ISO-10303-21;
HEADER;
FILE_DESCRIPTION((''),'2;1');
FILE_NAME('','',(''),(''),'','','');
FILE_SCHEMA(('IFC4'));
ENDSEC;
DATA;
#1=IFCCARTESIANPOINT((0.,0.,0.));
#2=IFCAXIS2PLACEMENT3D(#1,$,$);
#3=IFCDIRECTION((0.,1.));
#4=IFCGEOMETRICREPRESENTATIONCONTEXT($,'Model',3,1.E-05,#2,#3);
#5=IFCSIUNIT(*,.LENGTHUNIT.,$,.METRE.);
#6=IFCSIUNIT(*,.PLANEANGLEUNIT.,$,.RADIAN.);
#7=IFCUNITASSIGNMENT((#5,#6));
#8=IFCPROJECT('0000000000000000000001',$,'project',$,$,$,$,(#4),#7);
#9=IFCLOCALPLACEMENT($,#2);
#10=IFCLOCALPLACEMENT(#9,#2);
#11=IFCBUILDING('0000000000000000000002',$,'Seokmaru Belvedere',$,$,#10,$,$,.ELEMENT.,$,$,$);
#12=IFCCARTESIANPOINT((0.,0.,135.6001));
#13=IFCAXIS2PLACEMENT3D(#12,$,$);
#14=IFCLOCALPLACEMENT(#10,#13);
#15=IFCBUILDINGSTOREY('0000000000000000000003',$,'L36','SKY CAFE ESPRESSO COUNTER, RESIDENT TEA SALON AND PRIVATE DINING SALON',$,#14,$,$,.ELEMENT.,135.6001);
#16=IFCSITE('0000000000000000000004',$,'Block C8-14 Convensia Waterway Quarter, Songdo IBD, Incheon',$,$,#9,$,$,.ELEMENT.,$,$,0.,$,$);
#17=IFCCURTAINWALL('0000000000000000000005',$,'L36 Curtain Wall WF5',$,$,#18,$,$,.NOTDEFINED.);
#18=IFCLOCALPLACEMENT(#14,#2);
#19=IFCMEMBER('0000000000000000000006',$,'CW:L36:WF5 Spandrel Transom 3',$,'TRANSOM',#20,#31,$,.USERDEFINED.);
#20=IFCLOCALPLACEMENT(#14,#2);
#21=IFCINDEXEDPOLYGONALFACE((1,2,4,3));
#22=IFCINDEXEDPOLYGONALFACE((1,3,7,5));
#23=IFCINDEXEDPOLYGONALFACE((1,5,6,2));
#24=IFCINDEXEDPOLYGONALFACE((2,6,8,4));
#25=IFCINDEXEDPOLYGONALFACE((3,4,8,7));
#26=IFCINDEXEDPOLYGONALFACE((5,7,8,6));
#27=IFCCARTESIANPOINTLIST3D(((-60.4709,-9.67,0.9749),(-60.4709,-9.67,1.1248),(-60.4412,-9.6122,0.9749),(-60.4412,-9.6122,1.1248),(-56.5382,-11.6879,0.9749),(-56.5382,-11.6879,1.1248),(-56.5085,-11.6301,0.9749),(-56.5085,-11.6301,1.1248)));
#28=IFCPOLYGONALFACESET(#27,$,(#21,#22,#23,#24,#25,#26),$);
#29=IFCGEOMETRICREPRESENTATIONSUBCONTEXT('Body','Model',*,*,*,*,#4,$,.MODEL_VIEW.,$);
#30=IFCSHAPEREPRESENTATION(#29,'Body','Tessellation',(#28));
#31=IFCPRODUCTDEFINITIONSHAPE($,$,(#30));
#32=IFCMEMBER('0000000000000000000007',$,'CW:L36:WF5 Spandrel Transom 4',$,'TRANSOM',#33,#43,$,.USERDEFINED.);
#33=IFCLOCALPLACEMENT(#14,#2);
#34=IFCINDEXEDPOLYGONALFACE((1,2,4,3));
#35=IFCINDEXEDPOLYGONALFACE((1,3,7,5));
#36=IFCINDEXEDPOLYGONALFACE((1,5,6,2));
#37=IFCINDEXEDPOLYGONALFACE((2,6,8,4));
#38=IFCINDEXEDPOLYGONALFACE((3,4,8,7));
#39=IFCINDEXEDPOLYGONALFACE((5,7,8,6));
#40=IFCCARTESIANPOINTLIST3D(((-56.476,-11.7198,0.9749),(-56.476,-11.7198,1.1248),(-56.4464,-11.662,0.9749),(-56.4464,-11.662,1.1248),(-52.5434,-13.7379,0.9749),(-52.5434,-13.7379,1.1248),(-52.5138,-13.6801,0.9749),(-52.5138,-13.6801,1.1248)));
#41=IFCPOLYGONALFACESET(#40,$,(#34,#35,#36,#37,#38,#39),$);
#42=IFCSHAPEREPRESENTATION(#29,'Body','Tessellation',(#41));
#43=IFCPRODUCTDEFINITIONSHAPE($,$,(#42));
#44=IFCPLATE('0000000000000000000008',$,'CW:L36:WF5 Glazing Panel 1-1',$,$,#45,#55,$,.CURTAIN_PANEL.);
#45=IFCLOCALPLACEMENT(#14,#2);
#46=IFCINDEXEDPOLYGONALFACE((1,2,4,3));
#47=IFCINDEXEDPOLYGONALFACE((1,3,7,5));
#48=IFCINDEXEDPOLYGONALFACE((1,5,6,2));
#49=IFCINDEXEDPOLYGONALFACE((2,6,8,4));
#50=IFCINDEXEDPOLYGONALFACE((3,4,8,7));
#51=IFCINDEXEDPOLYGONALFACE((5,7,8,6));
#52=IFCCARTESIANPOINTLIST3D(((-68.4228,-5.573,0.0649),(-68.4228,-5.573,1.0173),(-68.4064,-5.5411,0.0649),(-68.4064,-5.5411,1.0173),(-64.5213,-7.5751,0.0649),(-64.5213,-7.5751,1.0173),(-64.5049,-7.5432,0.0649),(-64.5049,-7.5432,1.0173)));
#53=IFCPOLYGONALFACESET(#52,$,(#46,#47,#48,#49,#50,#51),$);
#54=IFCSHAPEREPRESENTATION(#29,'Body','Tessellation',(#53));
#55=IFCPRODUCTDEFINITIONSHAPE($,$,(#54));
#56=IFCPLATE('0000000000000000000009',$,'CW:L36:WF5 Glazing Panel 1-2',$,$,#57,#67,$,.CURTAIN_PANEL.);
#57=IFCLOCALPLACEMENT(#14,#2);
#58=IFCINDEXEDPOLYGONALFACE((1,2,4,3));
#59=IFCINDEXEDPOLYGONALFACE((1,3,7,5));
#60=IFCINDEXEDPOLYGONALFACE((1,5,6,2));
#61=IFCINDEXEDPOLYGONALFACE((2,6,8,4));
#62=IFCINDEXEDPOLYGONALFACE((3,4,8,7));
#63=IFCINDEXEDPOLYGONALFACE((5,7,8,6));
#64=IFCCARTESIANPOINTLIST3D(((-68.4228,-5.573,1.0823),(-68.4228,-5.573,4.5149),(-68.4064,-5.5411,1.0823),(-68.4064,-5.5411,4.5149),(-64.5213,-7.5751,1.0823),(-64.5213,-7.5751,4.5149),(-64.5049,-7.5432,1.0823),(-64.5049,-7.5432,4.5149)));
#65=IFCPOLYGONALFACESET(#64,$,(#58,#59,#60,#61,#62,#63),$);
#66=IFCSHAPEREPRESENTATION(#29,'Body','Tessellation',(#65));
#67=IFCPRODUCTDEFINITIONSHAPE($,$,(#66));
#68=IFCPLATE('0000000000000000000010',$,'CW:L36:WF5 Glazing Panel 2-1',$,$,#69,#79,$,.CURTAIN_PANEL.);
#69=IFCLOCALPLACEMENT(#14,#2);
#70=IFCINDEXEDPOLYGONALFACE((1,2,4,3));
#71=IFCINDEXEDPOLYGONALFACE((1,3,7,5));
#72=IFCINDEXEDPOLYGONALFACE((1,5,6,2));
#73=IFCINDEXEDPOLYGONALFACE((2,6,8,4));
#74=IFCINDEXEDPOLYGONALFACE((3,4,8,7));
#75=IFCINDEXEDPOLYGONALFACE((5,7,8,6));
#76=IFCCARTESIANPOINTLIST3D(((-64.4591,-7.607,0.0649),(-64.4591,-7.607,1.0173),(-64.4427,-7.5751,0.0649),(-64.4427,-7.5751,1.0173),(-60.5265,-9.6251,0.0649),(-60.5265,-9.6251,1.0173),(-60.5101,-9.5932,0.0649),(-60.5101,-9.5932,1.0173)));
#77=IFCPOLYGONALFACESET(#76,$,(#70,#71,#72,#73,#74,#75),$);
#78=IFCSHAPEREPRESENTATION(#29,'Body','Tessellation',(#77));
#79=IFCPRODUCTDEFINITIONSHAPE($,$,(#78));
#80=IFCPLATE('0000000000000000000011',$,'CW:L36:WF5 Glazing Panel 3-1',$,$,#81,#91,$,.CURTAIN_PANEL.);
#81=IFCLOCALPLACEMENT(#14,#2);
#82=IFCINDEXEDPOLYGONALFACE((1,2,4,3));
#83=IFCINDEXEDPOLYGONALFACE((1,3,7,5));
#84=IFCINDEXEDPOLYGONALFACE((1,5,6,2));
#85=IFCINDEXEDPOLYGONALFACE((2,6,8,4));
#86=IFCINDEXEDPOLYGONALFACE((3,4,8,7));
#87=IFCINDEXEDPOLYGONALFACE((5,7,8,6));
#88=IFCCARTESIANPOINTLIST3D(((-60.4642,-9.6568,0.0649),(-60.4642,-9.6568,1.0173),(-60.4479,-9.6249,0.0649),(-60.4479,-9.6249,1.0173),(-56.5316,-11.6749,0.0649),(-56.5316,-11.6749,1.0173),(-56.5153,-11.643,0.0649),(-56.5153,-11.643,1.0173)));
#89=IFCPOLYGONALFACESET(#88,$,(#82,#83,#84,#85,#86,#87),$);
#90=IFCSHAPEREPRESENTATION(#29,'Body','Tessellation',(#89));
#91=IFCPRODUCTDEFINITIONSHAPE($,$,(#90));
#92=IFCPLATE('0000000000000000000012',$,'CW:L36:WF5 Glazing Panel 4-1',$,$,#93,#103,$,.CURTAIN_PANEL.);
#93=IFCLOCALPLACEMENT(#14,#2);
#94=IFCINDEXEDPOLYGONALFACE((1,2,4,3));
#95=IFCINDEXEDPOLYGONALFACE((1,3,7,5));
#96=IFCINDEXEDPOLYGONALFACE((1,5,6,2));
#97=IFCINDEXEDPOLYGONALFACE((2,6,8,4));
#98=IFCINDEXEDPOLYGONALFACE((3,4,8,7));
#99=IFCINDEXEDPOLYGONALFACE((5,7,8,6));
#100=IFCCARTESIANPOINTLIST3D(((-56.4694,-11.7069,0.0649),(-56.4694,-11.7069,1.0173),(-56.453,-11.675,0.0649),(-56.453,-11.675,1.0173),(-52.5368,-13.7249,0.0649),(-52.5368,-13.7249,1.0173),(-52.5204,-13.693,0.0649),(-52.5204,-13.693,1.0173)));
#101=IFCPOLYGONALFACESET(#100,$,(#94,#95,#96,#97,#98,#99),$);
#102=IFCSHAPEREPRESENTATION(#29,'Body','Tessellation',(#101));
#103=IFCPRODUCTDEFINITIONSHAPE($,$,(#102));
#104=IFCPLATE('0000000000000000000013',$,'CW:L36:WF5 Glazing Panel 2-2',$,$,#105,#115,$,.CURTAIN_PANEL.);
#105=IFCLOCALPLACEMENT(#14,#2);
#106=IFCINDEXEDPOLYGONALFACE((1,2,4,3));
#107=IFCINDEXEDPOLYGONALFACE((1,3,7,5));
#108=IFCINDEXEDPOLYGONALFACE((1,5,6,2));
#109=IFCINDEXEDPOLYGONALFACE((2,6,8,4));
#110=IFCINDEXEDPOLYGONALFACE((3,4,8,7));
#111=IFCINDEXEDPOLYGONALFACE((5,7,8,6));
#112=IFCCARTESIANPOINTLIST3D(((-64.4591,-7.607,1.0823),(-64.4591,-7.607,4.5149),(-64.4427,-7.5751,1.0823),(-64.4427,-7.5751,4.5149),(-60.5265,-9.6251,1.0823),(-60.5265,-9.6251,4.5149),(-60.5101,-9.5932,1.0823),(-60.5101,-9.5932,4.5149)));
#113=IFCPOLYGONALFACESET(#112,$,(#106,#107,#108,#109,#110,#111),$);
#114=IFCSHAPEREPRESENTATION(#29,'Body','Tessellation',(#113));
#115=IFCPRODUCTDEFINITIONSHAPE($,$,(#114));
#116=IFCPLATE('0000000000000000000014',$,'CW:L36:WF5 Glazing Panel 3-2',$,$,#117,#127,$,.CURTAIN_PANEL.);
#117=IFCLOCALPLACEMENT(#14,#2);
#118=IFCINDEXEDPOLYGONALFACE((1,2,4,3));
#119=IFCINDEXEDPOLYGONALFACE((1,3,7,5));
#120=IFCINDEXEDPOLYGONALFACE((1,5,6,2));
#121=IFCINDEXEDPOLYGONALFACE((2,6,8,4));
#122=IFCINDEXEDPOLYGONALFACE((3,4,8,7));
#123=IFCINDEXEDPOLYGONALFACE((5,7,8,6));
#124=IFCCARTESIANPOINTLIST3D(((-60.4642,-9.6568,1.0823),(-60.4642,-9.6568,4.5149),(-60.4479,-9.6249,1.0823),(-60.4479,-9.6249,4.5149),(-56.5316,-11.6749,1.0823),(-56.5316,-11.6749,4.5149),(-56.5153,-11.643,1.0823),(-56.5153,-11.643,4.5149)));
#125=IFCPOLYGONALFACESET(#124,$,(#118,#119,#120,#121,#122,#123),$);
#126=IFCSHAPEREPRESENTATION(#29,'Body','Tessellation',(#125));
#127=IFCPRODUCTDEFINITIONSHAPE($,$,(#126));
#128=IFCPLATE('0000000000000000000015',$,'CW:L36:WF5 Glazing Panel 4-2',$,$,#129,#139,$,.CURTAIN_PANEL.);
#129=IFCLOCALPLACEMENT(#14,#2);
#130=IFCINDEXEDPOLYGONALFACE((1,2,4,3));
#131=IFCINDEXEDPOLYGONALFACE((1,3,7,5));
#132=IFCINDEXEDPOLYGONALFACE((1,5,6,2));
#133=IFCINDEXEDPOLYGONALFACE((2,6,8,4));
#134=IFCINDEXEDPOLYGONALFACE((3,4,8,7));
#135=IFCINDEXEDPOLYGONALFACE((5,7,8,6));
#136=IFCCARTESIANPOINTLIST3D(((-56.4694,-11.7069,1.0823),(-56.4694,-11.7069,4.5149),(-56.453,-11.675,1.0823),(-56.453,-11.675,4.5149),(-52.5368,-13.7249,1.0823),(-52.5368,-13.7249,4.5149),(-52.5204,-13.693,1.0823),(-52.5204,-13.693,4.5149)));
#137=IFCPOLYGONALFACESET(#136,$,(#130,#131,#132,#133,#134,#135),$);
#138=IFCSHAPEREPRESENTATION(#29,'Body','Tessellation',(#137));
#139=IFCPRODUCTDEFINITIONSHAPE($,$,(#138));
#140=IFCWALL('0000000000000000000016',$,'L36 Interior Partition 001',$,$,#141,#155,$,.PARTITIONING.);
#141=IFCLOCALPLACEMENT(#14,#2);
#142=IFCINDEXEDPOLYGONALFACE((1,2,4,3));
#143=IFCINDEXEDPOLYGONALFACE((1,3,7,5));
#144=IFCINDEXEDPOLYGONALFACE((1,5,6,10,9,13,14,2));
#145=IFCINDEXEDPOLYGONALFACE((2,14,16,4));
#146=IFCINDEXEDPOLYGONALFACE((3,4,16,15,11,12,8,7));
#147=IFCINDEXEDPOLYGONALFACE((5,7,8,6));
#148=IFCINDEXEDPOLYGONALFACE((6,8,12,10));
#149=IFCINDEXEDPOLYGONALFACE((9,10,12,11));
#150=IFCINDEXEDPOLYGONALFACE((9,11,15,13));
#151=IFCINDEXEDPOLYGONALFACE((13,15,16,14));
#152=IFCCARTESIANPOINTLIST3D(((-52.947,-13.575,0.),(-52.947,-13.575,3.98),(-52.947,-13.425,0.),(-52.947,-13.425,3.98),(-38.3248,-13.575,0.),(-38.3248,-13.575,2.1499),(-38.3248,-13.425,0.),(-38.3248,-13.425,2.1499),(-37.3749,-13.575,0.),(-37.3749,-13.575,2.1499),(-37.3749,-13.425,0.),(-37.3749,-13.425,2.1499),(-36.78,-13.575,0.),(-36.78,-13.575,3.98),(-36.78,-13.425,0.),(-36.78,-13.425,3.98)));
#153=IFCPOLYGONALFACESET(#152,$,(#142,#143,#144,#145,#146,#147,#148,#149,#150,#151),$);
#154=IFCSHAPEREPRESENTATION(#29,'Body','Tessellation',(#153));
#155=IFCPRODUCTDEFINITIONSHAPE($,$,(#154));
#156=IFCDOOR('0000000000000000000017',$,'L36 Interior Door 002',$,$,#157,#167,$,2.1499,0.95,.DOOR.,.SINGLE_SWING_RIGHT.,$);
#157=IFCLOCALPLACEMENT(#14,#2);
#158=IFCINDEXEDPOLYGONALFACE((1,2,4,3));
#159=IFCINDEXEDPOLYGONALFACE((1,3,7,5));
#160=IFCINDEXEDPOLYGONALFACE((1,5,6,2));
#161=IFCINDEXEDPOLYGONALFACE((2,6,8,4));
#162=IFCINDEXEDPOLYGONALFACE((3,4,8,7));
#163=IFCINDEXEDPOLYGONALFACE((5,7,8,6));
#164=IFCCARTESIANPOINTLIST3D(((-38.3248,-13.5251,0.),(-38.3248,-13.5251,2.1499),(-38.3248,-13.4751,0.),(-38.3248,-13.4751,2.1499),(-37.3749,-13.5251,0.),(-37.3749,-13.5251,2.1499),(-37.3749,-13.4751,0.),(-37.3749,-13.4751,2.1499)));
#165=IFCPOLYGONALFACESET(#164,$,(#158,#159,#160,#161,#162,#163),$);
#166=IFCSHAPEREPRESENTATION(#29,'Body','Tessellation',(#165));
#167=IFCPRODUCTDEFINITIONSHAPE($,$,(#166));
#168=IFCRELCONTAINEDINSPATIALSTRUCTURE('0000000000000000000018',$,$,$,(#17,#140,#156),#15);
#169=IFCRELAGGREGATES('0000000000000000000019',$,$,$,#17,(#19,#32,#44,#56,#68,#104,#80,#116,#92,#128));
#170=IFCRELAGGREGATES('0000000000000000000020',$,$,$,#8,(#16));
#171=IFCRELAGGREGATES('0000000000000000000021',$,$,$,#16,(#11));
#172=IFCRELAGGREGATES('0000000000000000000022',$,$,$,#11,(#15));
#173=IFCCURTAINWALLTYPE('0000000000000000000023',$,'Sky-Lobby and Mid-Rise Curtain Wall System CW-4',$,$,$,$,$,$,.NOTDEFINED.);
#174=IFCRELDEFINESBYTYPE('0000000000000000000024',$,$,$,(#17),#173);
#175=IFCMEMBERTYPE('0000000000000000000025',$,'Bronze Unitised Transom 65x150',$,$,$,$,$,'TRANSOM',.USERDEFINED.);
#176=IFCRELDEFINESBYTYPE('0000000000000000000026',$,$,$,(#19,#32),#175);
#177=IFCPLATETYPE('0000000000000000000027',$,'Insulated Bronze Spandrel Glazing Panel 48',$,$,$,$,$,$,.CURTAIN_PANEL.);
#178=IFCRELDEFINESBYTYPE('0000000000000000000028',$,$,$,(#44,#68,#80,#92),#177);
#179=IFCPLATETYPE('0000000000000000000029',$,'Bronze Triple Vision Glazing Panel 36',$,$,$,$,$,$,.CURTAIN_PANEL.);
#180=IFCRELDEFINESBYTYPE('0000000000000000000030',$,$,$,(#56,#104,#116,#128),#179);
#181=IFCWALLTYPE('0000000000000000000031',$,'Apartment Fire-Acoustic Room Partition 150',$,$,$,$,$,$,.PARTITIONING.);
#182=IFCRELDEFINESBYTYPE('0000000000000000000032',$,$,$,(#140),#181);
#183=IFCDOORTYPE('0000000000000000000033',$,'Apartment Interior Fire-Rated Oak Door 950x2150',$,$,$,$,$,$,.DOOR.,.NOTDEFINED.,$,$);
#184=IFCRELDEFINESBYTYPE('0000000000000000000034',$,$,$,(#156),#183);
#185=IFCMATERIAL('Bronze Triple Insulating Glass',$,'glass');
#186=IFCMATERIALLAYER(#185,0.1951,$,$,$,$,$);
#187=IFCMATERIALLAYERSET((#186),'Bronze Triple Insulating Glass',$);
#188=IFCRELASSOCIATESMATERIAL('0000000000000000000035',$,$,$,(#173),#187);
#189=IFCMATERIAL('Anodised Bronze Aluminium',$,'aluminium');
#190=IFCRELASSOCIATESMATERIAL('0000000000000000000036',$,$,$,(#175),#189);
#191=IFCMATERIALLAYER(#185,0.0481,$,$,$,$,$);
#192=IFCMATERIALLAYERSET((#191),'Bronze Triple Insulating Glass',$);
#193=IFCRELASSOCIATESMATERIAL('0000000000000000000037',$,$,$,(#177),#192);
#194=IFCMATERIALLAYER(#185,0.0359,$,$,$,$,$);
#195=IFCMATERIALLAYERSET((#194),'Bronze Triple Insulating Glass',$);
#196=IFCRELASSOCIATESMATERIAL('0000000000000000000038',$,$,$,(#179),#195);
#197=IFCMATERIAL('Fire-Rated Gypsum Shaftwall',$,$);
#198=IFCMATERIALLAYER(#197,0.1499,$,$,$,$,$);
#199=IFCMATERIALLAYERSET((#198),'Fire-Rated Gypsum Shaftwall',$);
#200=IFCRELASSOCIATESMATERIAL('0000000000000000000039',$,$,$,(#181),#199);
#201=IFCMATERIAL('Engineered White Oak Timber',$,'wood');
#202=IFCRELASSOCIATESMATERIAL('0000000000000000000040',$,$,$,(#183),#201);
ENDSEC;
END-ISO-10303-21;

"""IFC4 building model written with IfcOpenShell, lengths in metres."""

from ifc_helpers import new_model, si_unit, direction, frame, frame_2d, origin, origin_2d, place, context, subcontext, project, spatial, rectangle, extrude, source, transform, mapped, material, layer, layer_set, material_profile, profile_set, type_object, type_shapes, element, fill, aggregate, save


model = new_model("IFC4")

# Units and contexts
model_context = context("Model", 3, precision=1e-05, world=origin(), true_north=direction((0.0, 1.0)))
body_context = subcontext(model_context, "Body", "Model", "MODEL_VIEW")
ifc_project = project(units=[si_unit("LENGTHUNIT", "METRE"), si_unit("PLANEANGLEUNIT", "RADIAN")], contexts=[model_context])

# Site, building, storey
site_placement = place(None, origin())
site = spatial("IfcSite", under=ifc_project, at=site_placement, Name="Block C8-14 Convensia Waterway Quarter, Songdo IBD, Incheon", CompositionType="ELEMENT", RefElevation=0.0)
building_placement = place(site_placement, origin())
building = spatial("IfcBuilding", under=site, at=building_placement, Name="Seokmaru Belvedere", CompositionType="ELEMENT")
storey_placement = place(building_placement, frame((0.0, 0.0, 135.6001)))
storey = spatial("IfcBuildingStorey", under=building, at=storey_placement, Name="L36", Description="SKY CAFE ESPRESSO COUNTER, RESIDENT TEA SALON AND PRIVATE DINING SALON", CompositionType="ELEMENT", Elevation=135.6001)

# Curtain wall
ifc_material_1 = material(Name="Bronze Triple Insulating Glass", Category="glass")
ifc_layer_1 = layer(ifc_material_1, 0.1951)
ifc_layer_set_1 = layer_set([ifc_layer_1], Name="Bronze Triple Insulating Glass")
curtain_wall_type = type_object("IfcCurtainWallType", Name="Sky-Lobby and Mid-Rise Curtain Wall System CW-4", PredefinedType="NOTDEFINED", material=ifc_layer_set_1)
curtain_wall_1_placement = place(storey_placement, origin())
curtain_wall_1 = element("IfcCurtainWall", 1, at=curtain_wall_1_placement, inside=storey, type_object=curtain_wall_type, Name="L36 Curtain Wall WF5", PredefinedType="NOTDEFINED")
ifc_material_2 = material(Name="Anodised Bronze Aluminium", Category="aluminium")
ifc_material_profile_1 = material_profile(ifc_material_2, rectangle(XDim=0.0649, YDim=0.1499, at=origin_2d()), Name="CW-T-65x150")
ifc_profile_set_1 = profile_set([ifc_material_profile_1], Name="Anodised Bronze Aluminium")
member_type_1 = type_object("IfcMemberType", Name="Bronze Unitised Transom 65x150", ElementType="TRANSOM", PredefinedType="USERDEFINED", material=ifc_profile_set_1)

# Members
shared_shape_1 = source(origin(), body_context, "Body", "SweptSolid", [
    extrude(rectangle(XDim=0.0649, YDim=0.1499, at=origin_2d()), origin(), (0.0, 0.0, 1.0), 4.4202),
])
member_1_placement = place(storey_placement, frame((-60.4561, -9.6411, 1.0498), z_axis=(0.889717, -0.456513, 0.0), x_axis=(0.456513, 0.889717, 0.0)))
member_1 = element("IfcMember", 2, at=member_1_placement, type_object=member_type_1, Name="CW:L36:WF5 Spandrel Transom 3", ObjectType="TRANSOM", PredefinedType="USERDEFINED", context=body_context, shape_type="MappedRepresentation", body=[
    mapped(shared_shape_1, transform((0.0, 0.0, 0.0), scale=1.0)),
])
member_2_placement = place(storey_placement, frame((-56.4612, -11.6909, 1.0498), z_axis=(0.889694, -0.456557, 0.0), x_axis=(0.456557, 0.889694, 0.0)))
member_2 = element("IfcMember", 3, at=member_2_placement, type_object=member_type_1, Name="CW:L36:WF5 Spandrel Transom 4", ObjectType="TRANSOM", PredefinedType="USERDEFINED", context=body_context, shape_type="MappedRepresentation", body=[
    mapped(shared_shape_1, transform((0.0, 0.0, 0.0), scale=1.0)),
])

# Plates
ifc_layer_2 = layer(ifc_material_1, 0.0481)
ifc_layer_set_2 = layer_set([ifc_layer_2], Name="Bronze Triple Insulating Glass")
plate_type_1 = type_object("IfcPlateType", Name="Insulated Bronze Spandrel Glazing Panel 48", PredefinedType="CURTAIN_PANEL", material=ifc_layer_set_2)
shared_shape_2 = source(origin(), body_context, "Body", "SweptSolid", [
    extrude(rectangle(XDim=4.3853, YDim=0.0359, at=origin_2d()), origin(), (0.0, 0.0, 1.0), 0.9524),
])
plate_1_placement = place(storey_placement, frame((-66.4639, -6.5581, 0.0649), z_axis=(0.0, 0.0, 1.0), x_axis=(0.889695, -0.456555, 0.0)))
plate_1 = element("IfcPlate", 4, at=plate_1_placement, type_object=plate_type_1, Name="CW:L36:WF5 Glazing Panel 1-1", PredefinedType="CURTAIN_PANEL", context=body_context, shape_type="MappedRepresentation", body=[
    mapped(shared_shape_2, transform((0.0, 0.0, 0.0), scale=1.0)),
])
ifc_layer_3 = layer(ifc_material_1, 0.0359)
ifc_layer_set_3 = layer_set([ifc_layer_3], Name="Bronze Triple Insulating Glass")
plate_type_2 = type_object("IfcPlateType", Name="Bronze Triple Vision Glazing Panel 36", PredefinedType="CURTAIN_PANEL", material=ifc_layer_set_3)
shared_shape_3 = source(origin(), body_context, "Body", "SweptSolid", [
    extrude(rectangle(XDim=4.3853, YDim=0.0359, at=origin_2d()), origin(), (0.0, 0.0, 1.0), 3.4326),
])
plate_2_placement = place(storey_placement, frame((-66.4639, -6.5581, 1.0823), z_axis=(0.0, 0.0, 1.0), x_axis=(0.889695, -0.456555, 0.0)))
plate_2 = element("IfcPlate", 5, at=plate_2_placement, type_object=plate_type_2, Name="CW:L36:WF5 Glazing Panel 1-2", PredefinedType="CURTAIN_PANEL", context=body_context, shape_type="MappedRepresentation", body=[
    mapped(shared_shape_3, transform((0.0, 0.0, 0.0), scale=1.0)),
])
shared_shape_4 = source(origin(), body_context, "Body", "SweptSolid", [
    extrude(rectangle(XDim=4.4202, YDim=0.0359, at=origin_2d()), origin(), (0.0, 0.0, 1.0), 0.9524),
])
type_shapes(plate_type_1, [shared_shape_2, shared_shape_4])
plate_3_placement = place(storey_placement, frame((-62.4846, -8.6001, 0.0649), z_axis=(0.0, 0.0, 1.0), x_axis=(0.889695, -0.456555, 0.0)))
plate_3 = element("IfcPlate", 6, at=plate_3_placement, type_object=plate_type_1, Name="CW:L36:WF5 Glazing Panel 2-1", PredefinedType="CURTAIN_PANEL", context=body_context, shape_type="MappedRepresentation", body=[
    mapped(shared_shape_4, transform((0.0, 0.0, 0.0), scale=1.0)),
])
plate_4_placement = place(storey_placement, frame((-58.4897, -10.6499, 0.0649), z_axis=(0.0, 0.0, 1.0), x_axis=(0.889695, -0.456555, 0.0)))
plate_4 = element("IfcPlate", 7, at=plate_4_placement, type_object=plate_type_1, Name="CW:L36:WF5 Glazing Panel 3-1", PredefinedType="CURTAIN_PANEL", context=body_context, shape_type="MappedRepresentation", body=[
    mapped(shared_shape_4, transform((0.0, 0.0, 0.0), scale=1.0)),
])
plate_5_placement = place(storey_placement, frame((-54.4949, -12.7, 0.0649), z_axis=(0.0, 0.0, 1.0), x_axis=(0.889695, -0.456555, 0.0)))
plate_5 = element("IfcPlate", 8, at=plate_5_placement, type_object=plate_type_1, Name="CW:L36:WF5 Glazing Panel 4-1", PredefinedType="CURTAIN_PANEL", context=body_context, shape_type="MappedRepresentation", body=[
    mapped(shared_shape_4, transform((0.0, 0.0, 0.0), scale=1.0)),
])
shared_shape_5 = source(origin(), body_context, "Body", "SweptSolid", [
    extrude(rectangle(XDim=4.4202, YDim=0.0359, at=origin_2d()), origin(), (0.0, 0.0, 1.0), 3.4326),
])
type_shapes(plate_type_2, [shared_shape_3, shared_shape_5])
plate_6_placement = place(storey_placement, frame((-62.4846, -8.6001, 1.0823), z_axis=(0.0, 0.0, 1.0), x_axis=(0.889695, -0.456555, 0.0)))
plate_6 = element("IfcPlate", 9, at=plate_6_placement, type_object=plate_type_2, Name="CW:L36:WF5 Glazing Panel 2-2", PredefinedType="CURTAIN_PANEL", context=body_context, shape_type="MappedRepresentation", body=[
    mapped(shared_shape_5, transform((0.0, 0.0, 0.0), scale=1.0)),
])
plate_7_placement = place(storey_placement, frame((-58.4897, -10.6499, 1.0823), z_axis=(0.0, 0.0, 1.0), x_axis=(0.889695, -0.456555, 0.0)))
plate_7 = element("IfcPlate", 10, at=plate_7_placement, type_object=plate_type_2, Name="CW:L36:WF5 Glazing Panel 3-2", PredefinedType="CURTAIN_PANEL", context=body_context, shape_type="MappedRepresentation", body=[
    mapped(shared_shape_5, transform((0.0, 0.0, 0.0), scale=1.0)),
])
plate_8_placement = place(storey_placement, frame((-54.4949, -12.7, 1.0823), z_axis=(0.0, 0.0, 1.0), x_axis=(0.889695, -0.456555, 0.0)))
plate_8 = element("IfcPlate", 11, at=plate_8_placement, type_object=plate_type_2, Name="CW:L36:WF5 Glazing Panel 4-2", PredefinedType="CURTAIN_PANEL", context=body_context, shape_type="MappedRepresentation", body=[
    mapped(shared_shape_5, transform((0.0, 0.0, 0.0), scale=1.0)),
])
aggregate(curtain_wall_1, [member_1, member_2, plate_1, plate_2, plate_3, plate_6, plate_4, plate_7, plate_5, plate_8])

# Wall, opening, door
ifc_material_3 = material(Name="Fire-Rated Gypsum Shaftwall")
ifc_layer_4 = layer(ifc_material_3, 0.1499)
ifc_layer_set_4 = layer_set([ifc_layer_4], Name="Fire-Rated Gypsum Shaftwall")
wall_type_1 = type_object("IfcWallType", Name="Apartment Fire-Acoustic Room Partition 150", PredefinedType="PARTITIONING", material=ifc_layer_set_4)
wall_1_placement = place(storey_placement, frame((-52.947, -13.5, 0.0), z_axis=(0.0, 0.0, 1.0), x_axis=(1.0, 0.0, 0.0)))
wall_1 = element("IfcWall", 12, at=wall_1_placement, inside=storey, type_object=wall_type_1, Name="L36 Interior Partition 001", PredefinedType="PARTITIONING", context=body_context, shape_type="SweptSolid", body=[
    extrude(rectangle(XDim=16.167, YDim=0.1499, at=frame_2d((8.0835, 0.0))), origin(), (0.0, 0.0, 1.0), 3.98),
])
opening_1_placement = place(wall_1_placement, frame((14.6221, 0.0, 0.0)))
opening_1 = element("IfcOpeningElement", 13, at=opening_1_placement, cuts=wall_1, PredefinedType="OPENING", context=body_context, shape_type="SweptSolid", body=[
    extrude(rectangle(XDim=0.95, YDim=2.1499, at=frame_2d((0.4751, 1.075))), frame((0.0, 0.085, 0.0), z_axis=(0.0, -1.0, 0.0), x_axis=(1.0, 0.0, 0.0)), (0.0, 0.0, 1.0), 0.1699),
])
ifc_material_4 = material(Name="Engineered White Oak Timber", Category="wood")
door_type = type_object("IfcDoorType", Name="Apartment Interior Fire-Rated Oak Door 950x2150", OperationType="NOTDEFINED", PredefinedType="DOOR", material=ifc_material_4)
shared_shape_6 = source(origin(), body_context, "Body", "SweptSolid", [
    extrude(rectangle(XDim=0.95, YDim=2.1499, at=frame_2d((0.4751, 1.075))), frame((0.0, 0.0249, 0.0), z_axis=(0.0, -1.0, 0.0), x_axis=(1.0, 0.0, 0.0)), (0.0, 0.0, 1.0), 0.05),
])
type_shapes(door_type, [shared_shape_6])
door_1_placement = place(opening_1_placement, origin())
door_1 = element("IfcDoor", 14, at=door_1_placement, inside=storey, type_object=door_type, Name="L36 Interior Door 002", OperationType="SINGLE_SWING_RIGHT", OverallHeight=2.1499, OverallWidth=0.95, PredefinedType="DOOR", context=body_context, shape_type="MappedRepresentation", body=[
    mapped(shared_shape_6, transform((0.0, 0.0, 0.0), scale=1.0)),
])
fill(opening_1, door_1)

save(model, "model.ifc")
